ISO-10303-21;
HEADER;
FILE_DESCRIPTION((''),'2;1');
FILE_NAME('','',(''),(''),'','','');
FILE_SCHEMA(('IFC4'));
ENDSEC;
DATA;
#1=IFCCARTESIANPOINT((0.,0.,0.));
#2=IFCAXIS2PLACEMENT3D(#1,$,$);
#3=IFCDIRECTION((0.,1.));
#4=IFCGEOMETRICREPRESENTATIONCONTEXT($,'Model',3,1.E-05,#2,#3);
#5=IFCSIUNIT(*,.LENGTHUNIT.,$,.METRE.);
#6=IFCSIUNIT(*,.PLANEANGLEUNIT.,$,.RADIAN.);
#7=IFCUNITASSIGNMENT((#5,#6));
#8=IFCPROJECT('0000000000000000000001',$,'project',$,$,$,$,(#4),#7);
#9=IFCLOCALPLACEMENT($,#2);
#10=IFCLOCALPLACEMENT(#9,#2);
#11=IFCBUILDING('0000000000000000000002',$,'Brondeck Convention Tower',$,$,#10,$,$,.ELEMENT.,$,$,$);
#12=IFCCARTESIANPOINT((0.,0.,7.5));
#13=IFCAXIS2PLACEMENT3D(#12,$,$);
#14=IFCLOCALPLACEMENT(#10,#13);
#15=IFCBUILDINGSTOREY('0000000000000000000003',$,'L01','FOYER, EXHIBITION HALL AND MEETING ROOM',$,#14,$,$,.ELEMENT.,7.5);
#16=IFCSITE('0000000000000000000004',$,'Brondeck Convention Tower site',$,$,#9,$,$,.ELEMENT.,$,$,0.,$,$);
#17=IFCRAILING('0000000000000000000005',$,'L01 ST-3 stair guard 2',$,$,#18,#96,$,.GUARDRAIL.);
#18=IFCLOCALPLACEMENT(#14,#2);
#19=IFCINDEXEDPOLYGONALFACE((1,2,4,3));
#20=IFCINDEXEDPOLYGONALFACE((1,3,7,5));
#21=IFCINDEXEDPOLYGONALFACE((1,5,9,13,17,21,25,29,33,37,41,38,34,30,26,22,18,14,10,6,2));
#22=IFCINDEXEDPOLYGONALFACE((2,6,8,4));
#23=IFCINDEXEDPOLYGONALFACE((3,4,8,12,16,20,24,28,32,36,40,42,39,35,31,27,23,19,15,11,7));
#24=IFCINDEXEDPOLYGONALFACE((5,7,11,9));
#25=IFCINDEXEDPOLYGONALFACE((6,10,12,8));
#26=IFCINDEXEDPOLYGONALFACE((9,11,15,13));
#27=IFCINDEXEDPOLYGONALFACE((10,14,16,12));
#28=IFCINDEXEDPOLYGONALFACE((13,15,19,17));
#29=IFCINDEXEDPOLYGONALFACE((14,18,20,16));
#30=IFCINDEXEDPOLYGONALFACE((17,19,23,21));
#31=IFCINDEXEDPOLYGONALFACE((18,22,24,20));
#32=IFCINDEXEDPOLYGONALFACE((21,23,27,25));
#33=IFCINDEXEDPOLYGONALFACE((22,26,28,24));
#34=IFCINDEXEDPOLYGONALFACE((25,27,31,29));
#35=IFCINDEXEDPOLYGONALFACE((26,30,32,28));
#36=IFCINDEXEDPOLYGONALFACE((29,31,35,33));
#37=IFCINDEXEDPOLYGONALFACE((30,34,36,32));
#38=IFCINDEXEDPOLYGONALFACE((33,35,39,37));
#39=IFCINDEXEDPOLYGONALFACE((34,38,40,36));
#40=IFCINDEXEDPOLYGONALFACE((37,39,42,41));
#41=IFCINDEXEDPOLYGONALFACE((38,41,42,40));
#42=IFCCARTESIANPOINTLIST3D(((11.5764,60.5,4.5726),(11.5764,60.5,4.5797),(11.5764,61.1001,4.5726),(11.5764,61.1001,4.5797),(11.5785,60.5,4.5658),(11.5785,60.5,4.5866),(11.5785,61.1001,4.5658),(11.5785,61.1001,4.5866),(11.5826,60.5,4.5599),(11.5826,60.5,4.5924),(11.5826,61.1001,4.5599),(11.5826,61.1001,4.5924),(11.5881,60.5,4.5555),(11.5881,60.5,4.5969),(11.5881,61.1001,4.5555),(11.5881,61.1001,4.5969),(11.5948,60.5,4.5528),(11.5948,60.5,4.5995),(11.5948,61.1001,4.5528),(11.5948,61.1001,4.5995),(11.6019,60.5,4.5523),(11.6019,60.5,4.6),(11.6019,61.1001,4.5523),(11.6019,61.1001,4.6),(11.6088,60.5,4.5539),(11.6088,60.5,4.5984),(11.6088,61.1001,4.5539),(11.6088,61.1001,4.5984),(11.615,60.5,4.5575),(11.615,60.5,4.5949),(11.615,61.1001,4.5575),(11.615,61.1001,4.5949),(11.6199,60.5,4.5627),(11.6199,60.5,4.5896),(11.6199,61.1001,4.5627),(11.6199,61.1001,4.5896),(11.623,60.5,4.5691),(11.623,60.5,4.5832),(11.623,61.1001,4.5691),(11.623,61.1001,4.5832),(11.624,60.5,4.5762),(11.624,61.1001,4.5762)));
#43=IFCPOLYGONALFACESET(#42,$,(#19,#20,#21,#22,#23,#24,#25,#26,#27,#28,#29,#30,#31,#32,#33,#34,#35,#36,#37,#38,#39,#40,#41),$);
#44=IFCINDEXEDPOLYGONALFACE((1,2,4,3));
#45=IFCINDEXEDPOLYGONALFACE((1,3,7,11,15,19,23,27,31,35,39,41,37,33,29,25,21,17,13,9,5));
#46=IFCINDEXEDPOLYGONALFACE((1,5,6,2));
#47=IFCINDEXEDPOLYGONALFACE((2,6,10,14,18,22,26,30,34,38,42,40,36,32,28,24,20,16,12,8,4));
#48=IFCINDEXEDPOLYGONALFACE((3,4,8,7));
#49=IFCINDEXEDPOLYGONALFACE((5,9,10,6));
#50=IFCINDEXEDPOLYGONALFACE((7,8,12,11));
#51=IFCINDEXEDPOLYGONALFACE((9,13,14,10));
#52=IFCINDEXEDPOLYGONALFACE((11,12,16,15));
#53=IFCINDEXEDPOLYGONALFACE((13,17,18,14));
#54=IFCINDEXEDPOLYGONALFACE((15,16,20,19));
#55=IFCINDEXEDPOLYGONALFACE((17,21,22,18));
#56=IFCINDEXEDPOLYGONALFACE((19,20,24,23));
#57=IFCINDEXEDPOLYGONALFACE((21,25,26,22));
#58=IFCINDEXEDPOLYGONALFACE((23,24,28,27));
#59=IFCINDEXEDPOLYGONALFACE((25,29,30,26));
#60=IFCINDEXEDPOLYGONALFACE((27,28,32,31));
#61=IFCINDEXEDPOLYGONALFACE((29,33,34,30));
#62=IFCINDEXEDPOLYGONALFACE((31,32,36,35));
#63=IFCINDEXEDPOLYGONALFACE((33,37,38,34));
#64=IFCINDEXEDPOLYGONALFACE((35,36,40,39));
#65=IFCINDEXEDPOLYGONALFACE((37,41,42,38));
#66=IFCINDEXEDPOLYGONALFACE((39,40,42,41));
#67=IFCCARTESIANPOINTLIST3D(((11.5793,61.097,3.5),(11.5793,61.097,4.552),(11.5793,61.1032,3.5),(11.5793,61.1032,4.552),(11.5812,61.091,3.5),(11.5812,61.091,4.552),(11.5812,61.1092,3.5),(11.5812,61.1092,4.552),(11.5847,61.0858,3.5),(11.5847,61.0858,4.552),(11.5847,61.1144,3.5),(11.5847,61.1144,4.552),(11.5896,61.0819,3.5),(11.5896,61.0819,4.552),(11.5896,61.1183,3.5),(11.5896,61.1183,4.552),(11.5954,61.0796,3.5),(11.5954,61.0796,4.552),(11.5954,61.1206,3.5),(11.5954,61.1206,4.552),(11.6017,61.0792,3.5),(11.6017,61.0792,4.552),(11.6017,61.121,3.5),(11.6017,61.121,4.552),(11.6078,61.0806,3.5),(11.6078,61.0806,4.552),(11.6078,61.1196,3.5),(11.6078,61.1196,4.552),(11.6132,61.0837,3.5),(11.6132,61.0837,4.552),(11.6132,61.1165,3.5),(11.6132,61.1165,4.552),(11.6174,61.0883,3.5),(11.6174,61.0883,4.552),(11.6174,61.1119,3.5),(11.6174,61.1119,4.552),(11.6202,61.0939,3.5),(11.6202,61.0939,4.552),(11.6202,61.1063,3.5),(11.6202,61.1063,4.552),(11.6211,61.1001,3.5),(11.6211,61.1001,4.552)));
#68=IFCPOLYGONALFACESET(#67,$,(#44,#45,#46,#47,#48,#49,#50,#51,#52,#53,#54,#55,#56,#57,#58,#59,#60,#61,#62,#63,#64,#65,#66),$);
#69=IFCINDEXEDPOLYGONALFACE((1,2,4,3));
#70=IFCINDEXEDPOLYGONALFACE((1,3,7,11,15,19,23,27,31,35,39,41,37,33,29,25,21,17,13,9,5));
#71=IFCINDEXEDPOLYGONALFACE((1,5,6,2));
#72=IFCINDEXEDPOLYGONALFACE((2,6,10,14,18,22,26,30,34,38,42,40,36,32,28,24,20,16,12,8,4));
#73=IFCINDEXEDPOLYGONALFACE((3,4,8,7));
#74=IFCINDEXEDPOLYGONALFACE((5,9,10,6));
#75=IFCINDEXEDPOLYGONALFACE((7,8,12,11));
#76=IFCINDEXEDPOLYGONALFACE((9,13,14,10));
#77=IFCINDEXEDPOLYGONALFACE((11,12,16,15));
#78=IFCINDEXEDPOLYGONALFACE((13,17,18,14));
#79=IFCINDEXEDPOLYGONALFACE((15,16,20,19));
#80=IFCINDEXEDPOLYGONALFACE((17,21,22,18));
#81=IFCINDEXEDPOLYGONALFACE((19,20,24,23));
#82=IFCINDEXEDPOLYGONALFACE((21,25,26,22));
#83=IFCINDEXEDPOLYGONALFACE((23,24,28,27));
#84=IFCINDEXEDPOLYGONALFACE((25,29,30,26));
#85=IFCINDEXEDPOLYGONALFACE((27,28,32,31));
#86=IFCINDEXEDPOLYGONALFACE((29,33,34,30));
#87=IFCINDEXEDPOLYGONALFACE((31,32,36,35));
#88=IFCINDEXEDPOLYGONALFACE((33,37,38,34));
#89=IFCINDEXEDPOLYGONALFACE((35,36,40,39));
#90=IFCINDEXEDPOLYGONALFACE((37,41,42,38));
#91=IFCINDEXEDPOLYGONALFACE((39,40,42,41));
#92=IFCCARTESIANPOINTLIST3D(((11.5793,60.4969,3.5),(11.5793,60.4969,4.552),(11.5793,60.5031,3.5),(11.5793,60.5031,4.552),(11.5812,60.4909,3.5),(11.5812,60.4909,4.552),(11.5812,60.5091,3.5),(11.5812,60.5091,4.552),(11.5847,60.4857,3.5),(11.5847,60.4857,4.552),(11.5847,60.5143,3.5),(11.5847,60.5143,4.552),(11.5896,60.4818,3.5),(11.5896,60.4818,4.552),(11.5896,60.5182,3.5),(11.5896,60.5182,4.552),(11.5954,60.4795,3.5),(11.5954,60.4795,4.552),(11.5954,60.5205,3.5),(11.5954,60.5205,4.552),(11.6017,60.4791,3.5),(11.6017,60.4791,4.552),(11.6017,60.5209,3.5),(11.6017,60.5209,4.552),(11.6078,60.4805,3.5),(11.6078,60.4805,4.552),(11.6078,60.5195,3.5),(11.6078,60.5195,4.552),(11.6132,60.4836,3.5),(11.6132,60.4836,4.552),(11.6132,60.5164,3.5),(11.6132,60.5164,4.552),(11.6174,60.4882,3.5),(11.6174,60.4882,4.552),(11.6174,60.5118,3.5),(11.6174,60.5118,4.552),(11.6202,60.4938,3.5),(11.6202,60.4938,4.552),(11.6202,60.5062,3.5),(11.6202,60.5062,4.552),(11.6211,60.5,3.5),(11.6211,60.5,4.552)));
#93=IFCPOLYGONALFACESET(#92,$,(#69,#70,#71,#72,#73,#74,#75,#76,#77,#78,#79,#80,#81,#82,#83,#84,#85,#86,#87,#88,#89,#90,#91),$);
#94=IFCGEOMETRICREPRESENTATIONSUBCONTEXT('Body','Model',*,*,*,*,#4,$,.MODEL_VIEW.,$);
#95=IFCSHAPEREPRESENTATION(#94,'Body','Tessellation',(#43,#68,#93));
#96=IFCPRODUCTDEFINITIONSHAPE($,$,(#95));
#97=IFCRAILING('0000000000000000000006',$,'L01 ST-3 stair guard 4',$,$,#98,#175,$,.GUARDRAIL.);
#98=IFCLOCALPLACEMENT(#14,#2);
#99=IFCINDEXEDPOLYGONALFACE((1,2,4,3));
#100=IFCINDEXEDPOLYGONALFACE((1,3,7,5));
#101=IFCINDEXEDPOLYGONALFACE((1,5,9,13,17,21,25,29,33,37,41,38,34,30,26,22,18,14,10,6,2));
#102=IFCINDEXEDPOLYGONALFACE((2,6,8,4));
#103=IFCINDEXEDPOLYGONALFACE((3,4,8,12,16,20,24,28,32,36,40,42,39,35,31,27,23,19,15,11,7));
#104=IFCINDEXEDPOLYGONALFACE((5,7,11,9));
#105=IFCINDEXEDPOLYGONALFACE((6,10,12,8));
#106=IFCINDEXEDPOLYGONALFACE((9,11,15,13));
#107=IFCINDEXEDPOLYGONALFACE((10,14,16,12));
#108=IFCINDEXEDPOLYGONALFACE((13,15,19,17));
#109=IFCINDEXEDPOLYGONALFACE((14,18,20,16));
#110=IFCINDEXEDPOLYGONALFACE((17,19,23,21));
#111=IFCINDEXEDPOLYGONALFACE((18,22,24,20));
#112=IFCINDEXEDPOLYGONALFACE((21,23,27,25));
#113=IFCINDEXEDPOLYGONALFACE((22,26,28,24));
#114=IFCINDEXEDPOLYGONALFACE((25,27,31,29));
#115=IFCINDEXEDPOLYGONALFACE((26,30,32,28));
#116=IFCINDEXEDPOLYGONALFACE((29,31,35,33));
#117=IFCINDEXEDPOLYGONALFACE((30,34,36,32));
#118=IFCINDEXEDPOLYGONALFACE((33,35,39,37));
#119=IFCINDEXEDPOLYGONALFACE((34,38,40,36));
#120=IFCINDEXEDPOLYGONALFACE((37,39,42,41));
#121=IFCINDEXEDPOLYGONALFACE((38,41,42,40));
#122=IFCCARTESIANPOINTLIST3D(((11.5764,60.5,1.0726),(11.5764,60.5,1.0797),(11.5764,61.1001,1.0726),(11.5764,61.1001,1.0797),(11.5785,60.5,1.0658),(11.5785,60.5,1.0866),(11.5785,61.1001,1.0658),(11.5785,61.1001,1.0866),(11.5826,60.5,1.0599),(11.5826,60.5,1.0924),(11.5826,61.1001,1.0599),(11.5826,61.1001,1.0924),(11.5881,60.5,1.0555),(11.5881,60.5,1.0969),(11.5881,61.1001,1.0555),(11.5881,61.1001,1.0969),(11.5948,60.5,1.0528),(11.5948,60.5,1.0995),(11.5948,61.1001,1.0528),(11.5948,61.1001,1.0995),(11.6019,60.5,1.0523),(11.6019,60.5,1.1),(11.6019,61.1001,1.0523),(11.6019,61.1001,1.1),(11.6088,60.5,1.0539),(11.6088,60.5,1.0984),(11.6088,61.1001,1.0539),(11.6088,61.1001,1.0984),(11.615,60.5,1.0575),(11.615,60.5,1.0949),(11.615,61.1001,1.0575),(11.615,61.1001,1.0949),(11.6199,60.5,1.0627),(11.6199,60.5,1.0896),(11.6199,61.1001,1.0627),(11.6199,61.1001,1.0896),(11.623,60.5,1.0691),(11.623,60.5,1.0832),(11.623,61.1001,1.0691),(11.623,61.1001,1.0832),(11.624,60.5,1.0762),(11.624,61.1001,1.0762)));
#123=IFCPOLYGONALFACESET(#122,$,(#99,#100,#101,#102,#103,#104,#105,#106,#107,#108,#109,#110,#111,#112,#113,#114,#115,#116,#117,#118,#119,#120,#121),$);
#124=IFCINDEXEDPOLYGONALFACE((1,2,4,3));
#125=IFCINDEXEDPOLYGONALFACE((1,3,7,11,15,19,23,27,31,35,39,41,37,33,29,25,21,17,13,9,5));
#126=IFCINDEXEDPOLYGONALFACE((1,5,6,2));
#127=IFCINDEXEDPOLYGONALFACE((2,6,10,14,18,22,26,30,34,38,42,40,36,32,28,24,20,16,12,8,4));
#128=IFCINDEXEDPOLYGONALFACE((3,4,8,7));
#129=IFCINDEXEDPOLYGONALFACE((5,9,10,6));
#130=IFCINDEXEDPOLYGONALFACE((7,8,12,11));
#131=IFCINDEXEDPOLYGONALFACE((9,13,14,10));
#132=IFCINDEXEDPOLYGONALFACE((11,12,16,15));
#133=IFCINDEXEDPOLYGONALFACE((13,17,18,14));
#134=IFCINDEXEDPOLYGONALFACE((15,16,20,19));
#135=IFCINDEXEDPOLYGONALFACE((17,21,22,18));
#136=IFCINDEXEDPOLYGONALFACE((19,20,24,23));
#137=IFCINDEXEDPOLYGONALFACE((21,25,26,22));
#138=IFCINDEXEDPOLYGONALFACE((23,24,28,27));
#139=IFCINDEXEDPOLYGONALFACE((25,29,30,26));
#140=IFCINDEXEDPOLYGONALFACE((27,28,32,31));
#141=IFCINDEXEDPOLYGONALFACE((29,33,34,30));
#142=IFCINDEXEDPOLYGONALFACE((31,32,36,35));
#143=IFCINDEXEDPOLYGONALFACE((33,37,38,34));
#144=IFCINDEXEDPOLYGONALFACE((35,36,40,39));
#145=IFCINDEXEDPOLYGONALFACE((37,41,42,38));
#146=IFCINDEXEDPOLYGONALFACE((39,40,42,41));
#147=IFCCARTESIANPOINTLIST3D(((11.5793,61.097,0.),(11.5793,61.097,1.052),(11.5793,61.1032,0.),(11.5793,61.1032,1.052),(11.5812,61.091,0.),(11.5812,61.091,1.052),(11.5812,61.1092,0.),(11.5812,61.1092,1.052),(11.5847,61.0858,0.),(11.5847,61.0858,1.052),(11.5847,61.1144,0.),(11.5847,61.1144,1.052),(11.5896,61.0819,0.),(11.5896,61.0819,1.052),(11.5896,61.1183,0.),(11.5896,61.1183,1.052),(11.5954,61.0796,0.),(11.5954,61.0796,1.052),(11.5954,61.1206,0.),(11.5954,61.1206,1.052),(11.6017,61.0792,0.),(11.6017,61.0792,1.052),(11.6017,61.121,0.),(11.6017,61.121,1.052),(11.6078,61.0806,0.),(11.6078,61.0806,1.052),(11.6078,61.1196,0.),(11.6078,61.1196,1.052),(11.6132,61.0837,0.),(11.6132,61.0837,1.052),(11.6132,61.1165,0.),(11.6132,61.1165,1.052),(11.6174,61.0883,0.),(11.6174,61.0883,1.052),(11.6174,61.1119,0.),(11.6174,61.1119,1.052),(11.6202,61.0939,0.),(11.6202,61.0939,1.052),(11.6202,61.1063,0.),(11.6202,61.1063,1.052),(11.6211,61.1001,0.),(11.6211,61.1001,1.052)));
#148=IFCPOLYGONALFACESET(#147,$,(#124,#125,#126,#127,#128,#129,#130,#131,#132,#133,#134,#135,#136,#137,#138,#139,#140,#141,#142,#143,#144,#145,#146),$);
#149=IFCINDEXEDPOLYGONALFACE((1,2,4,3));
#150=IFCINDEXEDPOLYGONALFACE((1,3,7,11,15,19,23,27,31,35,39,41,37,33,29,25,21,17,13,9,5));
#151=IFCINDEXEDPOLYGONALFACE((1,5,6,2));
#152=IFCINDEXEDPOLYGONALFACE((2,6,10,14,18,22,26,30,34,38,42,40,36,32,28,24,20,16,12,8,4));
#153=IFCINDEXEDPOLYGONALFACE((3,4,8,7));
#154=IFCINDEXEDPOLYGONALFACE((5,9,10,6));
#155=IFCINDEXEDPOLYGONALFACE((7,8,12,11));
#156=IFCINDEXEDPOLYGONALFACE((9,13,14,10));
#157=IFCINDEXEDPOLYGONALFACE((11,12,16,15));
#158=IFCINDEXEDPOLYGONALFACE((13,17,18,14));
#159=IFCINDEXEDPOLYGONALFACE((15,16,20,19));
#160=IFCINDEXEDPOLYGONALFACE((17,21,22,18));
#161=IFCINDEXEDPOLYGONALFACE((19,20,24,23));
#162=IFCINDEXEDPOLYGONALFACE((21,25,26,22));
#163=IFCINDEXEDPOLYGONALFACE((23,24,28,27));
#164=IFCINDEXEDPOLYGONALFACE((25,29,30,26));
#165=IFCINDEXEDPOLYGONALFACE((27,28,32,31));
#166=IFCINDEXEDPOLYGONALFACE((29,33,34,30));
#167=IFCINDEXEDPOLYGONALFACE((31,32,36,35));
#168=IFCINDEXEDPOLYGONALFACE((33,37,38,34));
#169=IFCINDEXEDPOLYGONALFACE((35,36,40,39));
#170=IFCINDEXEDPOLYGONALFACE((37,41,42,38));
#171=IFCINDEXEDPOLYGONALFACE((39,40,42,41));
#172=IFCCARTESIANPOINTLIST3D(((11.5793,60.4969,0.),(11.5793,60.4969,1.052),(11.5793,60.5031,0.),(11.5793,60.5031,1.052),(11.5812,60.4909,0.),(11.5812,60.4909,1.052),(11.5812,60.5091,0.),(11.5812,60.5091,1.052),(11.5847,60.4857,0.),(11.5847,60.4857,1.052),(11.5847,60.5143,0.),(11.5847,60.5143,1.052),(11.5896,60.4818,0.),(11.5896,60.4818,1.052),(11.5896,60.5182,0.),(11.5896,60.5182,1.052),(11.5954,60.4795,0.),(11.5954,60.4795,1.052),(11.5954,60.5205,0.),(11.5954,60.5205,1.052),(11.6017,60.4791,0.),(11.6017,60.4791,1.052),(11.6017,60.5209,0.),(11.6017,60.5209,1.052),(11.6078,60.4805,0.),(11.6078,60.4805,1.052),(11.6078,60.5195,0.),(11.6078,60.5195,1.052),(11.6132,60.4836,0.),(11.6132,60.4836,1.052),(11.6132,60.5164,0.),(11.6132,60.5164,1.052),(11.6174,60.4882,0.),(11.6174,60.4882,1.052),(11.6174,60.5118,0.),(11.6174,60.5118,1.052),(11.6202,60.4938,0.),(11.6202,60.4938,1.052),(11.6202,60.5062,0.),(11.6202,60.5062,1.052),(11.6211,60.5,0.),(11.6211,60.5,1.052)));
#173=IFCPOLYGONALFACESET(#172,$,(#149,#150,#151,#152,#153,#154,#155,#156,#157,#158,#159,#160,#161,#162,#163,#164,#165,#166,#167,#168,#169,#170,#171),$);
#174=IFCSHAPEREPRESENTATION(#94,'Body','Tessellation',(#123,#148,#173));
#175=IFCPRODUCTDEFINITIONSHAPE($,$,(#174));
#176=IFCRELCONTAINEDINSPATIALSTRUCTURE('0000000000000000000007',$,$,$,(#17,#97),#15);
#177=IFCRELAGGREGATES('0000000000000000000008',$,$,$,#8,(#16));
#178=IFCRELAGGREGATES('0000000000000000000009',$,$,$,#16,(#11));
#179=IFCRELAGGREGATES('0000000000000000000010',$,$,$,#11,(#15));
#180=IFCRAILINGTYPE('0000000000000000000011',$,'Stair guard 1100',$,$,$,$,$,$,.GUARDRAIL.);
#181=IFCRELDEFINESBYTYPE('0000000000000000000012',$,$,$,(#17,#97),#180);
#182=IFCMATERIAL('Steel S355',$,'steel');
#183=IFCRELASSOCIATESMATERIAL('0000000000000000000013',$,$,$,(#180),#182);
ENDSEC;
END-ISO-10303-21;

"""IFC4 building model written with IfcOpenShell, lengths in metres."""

from ifc_helpers import new_model, si_unit, direction, frame, origin, origin_2d, place, context, subcontext, project, spatial, circle, extrude, material, type_object, element, save


model = new_model("IFC4")

# Units and contexts
model_context = context("Model", 3, precision=1e-05, world=origin(), true_north=direction((0.0, 1.0)))
body_context = subcontext(model_context, "Body", "Model", "MODEL_VIEW")
ifc_project = project(units=[si_unit("LENGTHUNIT", "METRE"), si_unit("PLANEANGLEUNIT", "RADIAN")], contexts=[model_context])

# Site, building, storey
site_placement = place(None, origin())
site = spatial("IfcSite", under=ifc_project, at=site_placement, Name="Brondeck Convention Tower site", CompositionType="ELEMENT", RefElevation=0.0)
building_placement = place(site_placement, origin())
building = spatial("IfcBuilding", under=site, at=building_placement, Name="Brondeck Convention Tower", CompositionType="ELEMENT")
storey_placement = place(building_placement, frame((0.0, 0.0, 7.5)))
storey = spatial("IfcBuildingStorey", under=building, at=storey_placement, Name="L01", Description="FOYER, EXHIBITION HALL AND MEETING ROOM", CompositionType="ELEMENT", Elevation=7.5)

# Shared definitions
ifc_material_1 = material(Name="Steel S355", Category="steel")

# Railings
railing_type_1 = type_object("IfcRailingType", Name="Stair guard 1100", PredefinedType="GUARDRAIL", material=ifc_material_1)
railing_1_placement = place(storey_placement, frame((11.6001, 61.1001, 3.5)))
element("IfcRailing", 1, at=railing_1_placement, inside=storey, type_object=railing_type_1, Name="L01 ST-3 stair guard 2", PredefinedType="GUARDRAIL", context=body_context, shape_type="SweptSolid", body=[
    extrude(circle(Radius=0.0239, at=origin_2d()), frame((0.0, 0.0, 1.0762), z_axis=(0.0, -1.0, 0.0), x_axis=(1.0, 0.0, 0.0)), (0.0, 0.0, 1.0), 0.6001),
    extrude(circle(Radius=0.021, at=origin_2d()), origin(), (0.0, 0.0, 1.0), 1.052),
    extrude(circle(Radius=0.021, at=origin_2d()), frame((0.0, -0.6001, 0.0)), (0.0, 0.0, 1.0), 1.052),
])
railing_2_placement = place(storey_placement, frame((11.6001, 61.1001, 0.0)))
element("IfcRailing", 2, at=railing_2_placement, inside=storey, type_object=railing_type_1, Name="L01 ST-3 stair guard 4", PredefinedType="GUARDRAIL", context=body_context, shape_type="SweptSolid", body=[
    extrude(circle(Radius=0.0239, at=origin_2d()), frame((0.0, 0.0, 1.0762), z_axis=(0.0, -1.0, 0.0), x_axis=(1.0, 0.0, 0.0)), (0.0, 0.0, 1.0), 0.6001),
    extrude(circle(Radius=0.021, at=origin_2d()), origin(), (0.0, 0.0, 1.0), 1.052),
    extrude(circle(Radius=0.021, at=origin_2d()), frame((0.0, -0.6001, 0.0)), (0.0, 0.0, 1.0), 1.052),
])

save(model, "model.ifc")
